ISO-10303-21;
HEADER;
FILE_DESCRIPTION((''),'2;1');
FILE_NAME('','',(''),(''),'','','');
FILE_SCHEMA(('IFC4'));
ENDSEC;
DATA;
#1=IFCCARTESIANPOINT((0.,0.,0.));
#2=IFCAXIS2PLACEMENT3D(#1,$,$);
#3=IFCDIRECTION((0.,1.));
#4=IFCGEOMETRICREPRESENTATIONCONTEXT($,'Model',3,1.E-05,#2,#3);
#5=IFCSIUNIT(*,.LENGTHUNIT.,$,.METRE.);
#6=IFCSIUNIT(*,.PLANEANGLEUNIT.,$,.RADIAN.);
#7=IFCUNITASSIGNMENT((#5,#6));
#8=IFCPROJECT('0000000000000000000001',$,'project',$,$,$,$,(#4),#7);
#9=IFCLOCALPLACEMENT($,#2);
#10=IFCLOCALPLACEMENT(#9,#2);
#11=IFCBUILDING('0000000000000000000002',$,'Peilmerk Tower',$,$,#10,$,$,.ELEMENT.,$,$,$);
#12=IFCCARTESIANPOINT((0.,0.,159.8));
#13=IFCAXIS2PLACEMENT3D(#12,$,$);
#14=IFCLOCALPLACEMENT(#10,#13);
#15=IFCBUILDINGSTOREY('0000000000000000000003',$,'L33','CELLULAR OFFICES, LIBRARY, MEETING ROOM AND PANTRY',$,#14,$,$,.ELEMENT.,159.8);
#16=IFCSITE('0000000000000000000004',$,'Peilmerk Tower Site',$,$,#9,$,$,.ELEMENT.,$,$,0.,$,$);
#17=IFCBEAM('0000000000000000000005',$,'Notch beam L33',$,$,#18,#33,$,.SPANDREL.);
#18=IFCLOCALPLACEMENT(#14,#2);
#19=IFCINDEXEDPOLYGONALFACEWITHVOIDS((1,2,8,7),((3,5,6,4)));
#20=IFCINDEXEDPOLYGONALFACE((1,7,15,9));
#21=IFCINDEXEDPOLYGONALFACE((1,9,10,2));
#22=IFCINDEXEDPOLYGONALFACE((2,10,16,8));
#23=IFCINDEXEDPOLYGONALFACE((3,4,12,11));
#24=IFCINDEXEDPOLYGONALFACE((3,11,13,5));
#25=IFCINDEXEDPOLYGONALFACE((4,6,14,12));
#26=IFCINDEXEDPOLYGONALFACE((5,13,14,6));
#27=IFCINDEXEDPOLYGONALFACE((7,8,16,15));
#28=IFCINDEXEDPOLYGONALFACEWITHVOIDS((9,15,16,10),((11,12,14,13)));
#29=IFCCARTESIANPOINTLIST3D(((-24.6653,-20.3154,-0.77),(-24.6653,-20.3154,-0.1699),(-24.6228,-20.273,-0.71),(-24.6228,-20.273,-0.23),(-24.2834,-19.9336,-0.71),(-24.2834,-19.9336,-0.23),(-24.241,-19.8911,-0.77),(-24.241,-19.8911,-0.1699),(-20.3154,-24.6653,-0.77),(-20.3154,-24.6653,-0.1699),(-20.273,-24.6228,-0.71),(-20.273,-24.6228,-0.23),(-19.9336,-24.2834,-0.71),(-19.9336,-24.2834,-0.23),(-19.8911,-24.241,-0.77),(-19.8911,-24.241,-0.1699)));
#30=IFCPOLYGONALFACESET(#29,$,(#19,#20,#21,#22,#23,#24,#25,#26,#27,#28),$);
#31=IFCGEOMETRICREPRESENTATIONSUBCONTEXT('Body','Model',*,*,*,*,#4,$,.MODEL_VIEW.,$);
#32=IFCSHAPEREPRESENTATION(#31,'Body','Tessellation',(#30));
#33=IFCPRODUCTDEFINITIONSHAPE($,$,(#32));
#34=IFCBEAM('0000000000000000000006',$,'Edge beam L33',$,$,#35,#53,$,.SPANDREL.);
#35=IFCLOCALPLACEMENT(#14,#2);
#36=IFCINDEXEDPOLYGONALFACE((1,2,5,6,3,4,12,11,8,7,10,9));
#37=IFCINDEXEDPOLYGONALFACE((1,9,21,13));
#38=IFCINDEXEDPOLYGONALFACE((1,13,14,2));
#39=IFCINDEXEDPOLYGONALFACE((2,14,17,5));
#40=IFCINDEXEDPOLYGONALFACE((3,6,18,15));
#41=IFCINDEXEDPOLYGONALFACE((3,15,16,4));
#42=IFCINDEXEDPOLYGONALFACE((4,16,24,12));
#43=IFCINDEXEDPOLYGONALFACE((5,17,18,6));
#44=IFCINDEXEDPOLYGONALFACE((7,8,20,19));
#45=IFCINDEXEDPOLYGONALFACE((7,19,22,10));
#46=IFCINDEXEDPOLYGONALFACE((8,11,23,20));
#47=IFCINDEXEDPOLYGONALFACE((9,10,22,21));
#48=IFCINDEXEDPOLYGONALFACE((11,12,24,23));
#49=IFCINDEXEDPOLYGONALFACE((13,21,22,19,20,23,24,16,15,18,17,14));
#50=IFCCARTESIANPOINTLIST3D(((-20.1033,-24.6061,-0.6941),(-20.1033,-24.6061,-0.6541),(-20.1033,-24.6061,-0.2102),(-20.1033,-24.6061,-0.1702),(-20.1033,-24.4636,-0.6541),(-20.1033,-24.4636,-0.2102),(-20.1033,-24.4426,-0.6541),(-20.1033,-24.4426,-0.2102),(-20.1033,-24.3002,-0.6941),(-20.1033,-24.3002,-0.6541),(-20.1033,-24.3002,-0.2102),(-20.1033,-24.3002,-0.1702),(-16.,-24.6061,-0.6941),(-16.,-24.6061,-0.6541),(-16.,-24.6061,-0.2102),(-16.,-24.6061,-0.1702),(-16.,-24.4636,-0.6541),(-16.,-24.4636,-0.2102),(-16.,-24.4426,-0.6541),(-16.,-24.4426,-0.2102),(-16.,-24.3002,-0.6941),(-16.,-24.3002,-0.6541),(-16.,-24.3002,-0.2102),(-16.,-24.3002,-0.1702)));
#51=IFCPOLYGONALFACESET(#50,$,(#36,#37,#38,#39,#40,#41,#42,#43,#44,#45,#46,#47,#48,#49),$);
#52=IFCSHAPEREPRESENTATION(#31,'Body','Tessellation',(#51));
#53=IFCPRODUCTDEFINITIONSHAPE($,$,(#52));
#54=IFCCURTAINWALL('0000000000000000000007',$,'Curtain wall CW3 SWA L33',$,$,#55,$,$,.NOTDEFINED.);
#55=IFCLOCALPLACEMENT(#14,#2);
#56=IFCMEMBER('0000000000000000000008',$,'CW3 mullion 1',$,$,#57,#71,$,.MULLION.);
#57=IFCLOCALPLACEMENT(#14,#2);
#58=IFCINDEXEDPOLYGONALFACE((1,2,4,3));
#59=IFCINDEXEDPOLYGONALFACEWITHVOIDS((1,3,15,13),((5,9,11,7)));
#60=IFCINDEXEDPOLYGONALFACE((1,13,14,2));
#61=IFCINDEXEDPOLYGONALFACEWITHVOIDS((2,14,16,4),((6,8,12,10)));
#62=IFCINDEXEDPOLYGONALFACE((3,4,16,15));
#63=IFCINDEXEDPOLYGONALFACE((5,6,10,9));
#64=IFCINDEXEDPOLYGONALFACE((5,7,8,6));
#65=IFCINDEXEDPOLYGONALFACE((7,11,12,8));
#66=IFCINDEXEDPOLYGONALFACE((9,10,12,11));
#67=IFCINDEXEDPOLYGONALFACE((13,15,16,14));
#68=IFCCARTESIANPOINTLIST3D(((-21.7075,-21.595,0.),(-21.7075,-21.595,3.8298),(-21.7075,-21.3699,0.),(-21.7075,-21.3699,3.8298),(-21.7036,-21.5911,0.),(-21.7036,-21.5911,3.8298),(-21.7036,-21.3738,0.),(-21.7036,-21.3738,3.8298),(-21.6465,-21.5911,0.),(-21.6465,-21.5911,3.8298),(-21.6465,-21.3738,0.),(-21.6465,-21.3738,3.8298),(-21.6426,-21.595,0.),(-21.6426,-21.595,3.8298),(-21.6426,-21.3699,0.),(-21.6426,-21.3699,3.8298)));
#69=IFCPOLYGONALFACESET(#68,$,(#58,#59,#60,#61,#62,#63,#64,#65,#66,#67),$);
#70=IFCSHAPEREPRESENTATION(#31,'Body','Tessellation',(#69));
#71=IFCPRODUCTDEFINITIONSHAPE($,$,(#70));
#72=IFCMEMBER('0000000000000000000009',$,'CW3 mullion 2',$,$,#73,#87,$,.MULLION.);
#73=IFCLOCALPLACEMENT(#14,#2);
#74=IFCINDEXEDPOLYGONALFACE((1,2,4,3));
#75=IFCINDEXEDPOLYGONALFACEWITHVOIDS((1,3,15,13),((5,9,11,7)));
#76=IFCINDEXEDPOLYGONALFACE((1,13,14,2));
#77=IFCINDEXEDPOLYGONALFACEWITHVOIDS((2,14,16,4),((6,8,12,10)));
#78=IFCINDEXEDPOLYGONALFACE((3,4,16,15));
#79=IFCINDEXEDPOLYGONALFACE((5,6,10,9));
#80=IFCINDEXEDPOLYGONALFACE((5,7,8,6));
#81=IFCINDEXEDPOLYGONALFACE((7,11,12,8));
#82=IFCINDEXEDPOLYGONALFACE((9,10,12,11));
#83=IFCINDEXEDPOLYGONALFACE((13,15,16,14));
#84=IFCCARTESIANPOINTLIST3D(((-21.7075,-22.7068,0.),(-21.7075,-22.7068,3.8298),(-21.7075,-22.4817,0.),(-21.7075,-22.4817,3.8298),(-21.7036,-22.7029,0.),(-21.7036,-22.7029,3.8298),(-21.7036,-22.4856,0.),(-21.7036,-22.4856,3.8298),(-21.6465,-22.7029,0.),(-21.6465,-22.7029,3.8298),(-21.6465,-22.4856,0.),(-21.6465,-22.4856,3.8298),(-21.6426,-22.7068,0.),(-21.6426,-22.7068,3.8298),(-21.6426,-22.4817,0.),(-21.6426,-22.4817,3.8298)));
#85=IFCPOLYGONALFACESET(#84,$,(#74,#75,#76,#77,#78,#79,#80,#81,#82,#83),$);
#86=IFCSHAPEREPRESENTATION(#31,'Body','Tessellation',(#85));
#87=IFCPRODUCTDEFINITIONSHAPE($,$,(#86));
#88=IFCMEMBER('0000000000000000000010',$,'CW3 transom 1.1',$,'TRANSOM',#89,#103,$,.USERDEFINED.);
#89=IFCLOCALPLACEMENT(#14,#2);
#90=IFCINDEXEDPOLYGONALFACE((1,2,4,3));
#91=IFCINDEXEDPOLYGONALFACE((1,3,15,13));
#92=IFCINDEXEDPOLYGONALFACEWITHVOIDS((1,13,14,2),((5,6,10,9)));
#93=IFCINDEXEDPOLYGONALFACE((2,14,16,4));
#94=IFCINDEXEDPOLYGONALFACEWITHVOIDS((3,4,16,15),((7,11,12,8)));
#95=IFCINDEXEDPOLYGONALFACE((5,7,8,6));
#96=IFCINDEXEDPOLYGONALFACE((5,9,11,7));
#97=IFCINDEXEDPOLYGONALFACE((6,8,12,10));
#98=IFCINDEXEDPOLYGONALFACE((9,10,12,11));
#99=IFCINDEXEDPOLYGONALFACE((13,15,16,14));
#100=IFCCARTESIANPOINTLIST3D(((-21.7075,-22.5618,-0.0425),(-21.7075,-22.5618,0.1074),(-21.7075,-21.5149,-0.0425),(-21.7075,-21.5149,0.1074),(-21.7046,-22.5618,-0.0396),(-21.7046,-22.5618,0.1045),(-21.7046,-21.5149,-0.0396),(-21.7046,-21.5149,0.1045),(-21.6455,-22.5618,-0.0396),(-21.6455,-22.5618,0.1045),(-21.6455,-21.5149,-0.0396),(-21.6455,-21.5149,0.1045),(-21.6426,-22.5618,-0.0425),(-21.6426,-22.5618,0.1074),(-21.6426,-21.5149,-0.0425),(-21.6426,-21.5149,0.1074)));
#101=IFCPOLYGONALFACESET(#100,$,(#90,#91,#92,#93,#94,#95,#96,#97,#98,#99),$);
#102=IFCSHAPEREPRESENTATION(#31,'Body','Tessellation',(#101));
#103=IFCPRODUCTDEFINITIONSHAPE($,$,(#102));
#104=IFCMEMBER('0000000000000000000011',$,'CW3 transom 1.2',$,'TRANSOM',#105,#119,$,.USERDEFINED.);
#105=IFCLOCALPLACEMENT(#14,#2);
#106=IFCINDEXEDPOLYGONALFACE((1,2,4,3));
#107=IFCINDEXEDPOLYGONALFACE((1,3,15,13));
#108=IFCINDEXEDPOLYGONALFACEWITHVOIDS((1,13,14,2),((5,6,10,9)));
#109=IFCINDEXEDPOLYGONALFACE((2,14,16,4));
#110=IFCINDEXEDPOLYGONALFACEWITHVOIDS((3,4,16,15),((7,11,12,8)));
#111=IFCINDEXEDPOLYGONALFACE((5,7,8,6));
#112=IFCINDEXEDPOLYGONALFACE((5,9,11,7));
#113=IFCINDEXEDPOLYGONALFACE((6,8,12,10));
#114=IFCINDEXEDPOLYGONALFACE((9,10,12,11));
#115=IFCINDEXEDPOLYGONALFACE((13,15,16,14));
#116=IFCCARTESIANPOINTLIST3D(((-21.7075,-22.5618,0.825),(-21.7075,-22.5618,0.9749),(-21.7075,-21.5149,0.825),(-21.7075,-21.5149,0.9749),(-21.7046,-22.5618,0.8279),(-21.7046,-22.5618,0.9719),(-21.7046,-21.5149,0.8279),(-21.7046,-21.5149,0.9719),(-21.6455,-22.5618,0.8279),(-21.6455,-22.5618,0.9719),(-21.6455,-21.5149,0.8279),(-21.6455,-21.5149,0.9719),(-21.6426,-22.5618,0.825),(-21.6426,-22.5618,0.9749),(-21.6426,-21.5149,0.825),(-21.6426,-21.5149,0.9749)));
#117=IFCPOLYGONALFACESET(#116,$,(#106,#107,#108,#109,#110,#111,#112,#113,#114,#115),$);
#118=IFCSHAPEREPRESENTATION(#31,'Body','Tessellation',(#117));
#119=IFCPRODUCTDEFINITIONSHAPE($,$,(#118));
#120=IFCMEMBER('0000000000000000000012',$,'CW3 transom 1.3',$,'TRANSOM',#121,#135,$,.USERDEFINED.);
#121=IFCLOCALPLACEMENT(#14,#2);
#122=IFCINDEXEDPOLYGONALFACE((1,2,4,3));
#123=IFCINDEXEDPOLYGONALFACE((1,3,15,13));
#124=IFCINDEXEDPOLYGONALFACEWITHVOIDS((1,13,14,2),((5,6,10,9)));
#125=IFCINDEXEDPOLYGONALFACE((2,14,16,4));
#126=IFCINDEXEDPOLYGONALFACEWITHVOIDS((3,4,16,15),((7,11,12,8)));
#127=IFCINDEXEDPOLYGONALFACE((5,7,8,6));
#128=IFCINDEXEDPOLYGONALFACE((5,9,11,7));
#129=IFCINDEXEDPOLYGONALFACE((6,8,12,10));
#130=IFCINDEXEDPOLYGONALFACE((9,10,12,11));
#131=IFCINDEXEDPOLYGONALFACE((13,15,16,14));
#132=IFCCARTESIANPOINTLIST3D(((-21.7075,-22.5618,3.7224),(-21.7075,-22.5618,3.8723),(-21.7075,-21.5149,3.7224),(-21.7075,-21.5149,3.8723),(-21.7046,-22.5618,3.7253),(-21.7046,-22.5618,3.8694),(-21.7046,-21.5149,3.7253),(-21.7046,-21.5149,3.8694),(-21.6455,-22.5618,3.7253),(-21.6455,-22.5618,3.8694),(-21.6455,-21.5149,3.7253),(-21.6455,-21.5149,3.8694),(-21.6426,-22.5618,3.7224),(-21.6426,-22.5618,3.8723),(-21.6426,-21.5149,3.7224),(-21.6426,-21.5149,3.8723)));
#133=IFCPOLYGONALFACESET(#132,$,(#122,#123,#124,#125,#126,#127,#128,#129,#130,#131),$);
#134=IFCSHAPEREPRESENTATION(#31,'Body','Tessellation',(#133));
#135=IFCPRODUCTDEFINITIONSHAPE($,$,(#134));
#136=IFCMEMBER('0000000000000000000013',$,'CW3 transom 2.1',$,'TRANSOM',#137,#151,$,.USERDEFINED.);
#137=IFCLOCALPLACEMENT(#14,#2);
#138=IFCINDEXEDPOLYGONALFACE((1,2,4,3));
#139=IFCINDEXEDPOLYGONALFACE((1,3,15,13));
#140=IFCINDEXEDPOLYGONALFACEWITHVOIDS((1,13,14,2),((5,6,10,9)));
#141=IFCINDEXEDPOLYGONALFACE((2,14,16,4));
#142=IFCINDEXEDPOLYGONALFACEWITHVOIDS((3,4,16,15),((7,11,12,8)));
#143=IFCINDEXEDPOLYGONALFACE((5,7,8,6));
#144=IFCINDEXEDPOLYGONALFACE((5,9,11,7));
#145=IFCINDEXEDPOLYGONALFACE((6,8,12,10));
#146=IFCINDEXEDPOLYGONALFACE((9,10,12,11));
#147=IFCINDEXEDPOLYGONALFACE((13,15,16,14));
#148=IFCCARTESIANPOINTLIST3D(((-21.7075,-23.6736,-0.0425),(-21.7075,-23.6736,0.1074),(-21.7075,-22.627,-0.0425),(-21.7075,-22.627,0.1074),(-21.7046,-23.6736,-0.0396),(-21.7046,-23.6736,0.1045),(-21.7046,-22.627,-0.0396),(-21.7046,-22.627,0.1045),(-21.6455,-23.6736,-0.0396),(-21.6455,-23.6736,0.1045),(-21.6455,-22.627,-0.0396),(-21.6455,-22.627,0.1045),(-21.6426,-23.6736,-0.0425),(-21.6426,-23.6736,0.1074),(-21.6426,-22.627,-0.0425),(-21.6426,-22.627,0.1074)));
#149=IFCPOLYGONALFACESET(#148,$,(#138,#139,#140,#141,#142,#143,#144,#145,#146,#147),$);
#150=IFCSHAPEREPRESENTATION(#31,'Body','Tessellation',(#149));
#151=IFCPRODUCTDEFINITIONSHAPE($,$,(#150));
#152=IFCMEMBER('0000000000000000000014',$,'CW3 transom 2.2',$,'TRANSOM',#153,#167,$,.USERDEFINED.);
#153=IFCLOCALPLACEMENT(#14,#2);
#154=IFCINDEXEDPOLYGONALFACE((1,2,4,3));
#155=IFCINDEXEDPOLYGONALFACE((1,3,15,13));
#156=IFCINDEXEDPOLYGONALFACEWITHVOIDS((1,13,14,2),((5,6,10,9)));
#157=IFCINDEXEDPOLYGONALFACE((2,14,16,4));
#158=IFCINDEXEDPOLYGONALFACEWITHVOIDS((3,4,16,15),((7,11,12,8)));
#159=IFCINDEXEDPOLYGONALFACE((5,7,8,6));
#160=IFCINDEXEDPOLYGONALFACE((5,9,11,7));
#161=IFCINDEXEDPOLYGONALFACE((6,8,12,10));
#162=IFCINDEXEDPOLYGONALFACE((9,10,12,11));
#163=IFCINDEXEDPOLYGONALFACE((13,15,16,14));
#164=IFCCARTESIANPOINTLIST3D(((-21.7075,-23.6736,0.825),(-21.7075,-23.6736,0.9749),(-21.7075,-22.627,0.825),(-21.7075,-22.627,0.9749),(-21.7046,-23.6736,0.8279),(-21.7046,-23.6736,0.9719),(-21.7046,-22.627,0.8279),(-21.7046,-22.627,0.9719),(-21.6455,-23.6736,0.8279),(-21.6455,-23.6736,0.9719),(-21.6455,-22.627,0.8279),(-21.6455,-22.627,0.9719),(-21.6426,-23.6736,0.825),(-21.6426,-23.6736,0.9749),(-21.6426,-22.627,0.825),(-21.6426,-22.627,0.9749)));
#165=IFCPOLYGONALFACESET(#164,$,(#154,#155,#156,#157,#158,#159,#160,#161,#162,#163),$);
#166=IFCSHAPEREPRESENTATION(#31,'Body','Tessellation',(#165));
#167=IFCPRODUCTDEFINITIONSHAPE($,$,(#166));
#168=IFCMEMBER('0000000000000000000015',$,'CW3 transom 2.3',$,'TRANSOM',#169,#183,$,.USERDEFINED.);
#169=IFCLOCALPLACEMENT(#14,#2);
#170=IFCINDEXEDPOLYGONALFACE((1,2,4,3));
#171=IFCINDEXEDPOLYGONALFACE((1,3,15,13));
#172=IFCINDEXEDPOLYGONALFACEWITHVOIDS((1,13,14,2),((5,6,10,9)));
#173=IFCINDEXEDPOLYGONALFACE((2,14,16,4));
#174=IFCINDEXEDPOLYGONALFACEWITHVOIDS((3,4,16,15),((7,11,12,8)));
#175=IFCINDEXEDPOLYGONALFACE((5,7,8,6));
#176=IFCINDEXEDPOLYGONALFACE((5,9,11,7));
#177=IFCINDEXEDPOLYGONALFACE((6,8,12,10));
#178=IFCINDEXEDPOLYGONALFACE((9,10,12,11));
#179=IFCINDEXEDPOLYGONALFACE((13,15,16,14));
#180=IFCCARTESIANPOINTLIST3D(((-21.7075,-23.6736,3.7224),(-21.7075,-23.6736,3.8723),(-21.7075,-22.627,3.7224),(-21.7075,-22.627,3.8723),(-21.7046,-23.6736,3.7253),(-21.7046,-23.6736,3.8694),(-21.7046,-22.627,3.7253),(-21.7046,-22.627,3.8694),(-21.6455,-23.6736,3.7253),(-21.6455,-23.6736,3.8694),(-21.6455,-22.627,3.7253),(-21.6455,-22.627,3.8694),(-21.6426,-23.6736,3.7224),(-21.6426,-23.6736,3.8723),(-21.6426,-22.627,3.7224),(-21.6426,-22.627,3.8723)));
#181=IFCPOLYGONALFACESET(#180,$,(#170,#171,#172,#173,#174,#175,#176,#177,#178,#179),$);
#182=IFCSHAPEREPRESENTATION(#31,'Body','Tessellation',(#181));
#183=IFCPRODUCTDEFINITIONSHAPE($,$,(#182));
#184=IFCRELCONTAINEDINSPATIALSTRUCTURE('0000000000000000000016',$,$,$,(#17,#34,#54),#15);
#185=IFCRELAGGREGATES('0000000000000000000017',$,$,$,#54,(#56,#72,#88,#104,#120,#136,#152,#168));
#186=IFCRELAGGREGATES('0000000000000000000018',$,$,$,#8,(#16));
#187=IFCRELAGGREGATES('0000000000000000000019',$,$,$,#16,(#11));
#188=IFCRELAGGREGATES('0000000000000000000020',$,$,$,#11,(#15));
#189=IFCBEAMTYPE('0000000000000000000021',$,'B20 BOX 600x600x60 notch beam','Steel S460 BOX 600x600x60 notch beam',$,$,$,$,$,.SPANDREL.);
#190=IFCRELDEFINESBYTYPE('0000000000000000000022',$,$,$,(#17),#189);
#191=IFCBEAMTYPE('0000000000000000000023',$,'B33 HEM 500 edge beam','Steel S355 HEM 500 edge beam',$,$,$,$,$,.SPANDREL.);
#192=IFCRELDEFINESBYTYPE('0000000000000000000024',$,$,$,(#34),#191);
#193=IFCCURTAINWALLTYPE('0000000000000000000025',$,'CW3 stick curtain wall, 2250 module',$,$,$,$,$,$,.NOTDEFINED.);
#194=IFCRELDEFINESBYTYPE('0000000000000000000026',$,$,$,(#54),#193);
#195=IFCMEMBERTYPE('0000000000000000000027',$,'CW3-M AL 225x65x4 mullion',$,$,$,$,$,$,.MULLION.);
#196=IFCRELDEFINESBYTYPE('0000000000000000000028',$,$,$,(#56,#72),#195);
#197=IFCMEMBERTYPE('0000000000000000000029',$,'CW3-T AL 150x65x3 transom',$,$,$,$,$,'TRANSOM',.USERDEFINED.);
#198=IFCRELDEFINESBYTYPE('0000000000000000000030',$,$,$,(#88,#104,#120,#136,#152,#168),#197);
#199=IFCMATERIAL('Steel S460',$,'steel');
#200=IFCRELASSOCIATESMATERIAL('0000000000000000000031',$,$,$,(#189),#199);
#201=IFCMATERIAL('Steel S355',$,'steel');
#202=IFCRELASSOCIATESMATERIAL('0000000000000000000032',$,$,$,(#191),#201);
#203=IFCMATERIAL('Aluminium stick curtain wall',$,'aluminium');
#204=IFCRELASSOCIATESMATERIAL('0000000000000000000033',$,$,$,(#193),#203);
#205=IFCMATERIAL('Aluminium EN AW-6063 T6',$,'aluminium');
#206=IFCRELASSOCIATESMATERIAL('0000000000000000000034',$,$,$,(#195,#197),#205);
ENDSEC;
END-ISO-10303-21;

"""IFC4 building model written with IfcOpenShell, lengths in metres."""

from ifc_helpers import new_model, si_unit, direction, frame, origin, origin_2d, place, context, subcontext, project, spatial, hollow_rectangle, i_section, extrude, material, material_profile, profile_set, type_object, element, aggregate, save


model = new_model("IFC4")

# Units and contexts
model_context = context("Model", 3, precision=1e-05, world=origin(), true_north=direction((0.0, 1.0)))
body_context = subcontext(model_context, "Body", "Model", "MODEL_VIEW")
ifc_project = project(units=[si_unit("LENGTHUNIT", "METRE"), si_unit("PLANEANGLEUNIT", "RADIAN")], contexts=[model_context])

# Site, building, storey
site_placement = place(None, origin())
site = spatial("IfcSite", under=ifc_project, at=site_placement, Name="Peilmerk Tower Site", CompositionType="ELEMENT", RefElevation=0.0)
building_placement = place(site_placement, origin())
building = spatial("IfcBuilding", under=site, at=building_placement, Name="Peilmerk Tower", CompositionType="ELEMENT")
storey_placement = place(building_placement, frame((0.0, 0.0, 159.8)))
storey = spatial("IfcBuildingStorey", under=building, at=storey_placement, Name="L33", Description="CELLULAR OFFICES, LIBRARY, MEETING ROOM AND PANTRY", CompositionType="ELEMENT", Elevation=159.8)

# Shared definitions
ifc_material_1 = material(Name="Steel S460", Category="steel")

# Beams
ifc_material_2 = material(Name="Steel S355", Category="steel")
ifc_material_profile_1 = material_profile(ifc_material_1, hollow_rectangle(XDim=0.6001, YDim=0.6001, WallThickness=0.0601, at=origin_2d()), Name="BOX 600x600x60")
ifc_profile_set_1 = profile_set([ifc_material_profile_1], Name="Steel S460")
beam_type_1 = type_object("IfcBeamType", Name="B20 BOX 600x600x60 notch beam", Description="Steel S460 BOX 600x600x60 notch beam", PredefinedType="SPANDREL", material=ifc_profile_set_1)
beam_1_placement = place(storey_placement, frame((-20.1033, -24.4531, -0.47), z_axis=(-0.707107, 0.707107, 0.0), x_axis=(-0.707107, -0.707107, 0.0)))
element("IfcBeam", 1, at=beam_1_placement, inside=storey, type_object=beam_type_1, Name="Notch beam L33", PredefinedType="SPANDREL", context=body_context, shape_type="SweptSolid", body=[
    extrude(hollow_rectangle(XDim=0.6001, YDim=0.6001, WallThickness=0.0601, at=origin_2d()), origin(), (0.0, 0.0, 1.0), 6.1516),
])
ifc_material_profile_2 = material_profile(ifc_material_2, i_section(OverallWidth=0.3059, OverallDepth=0.5239, WebThickness=0.021, FlangeThickness=0.04, at=origin_2d()), Name="HEM 500")
ifc_profile_set_2 = profile_set([ifc_material_profile_2], Name="Steel S355")
beam_type_2 = type_object("IfcBeamType", Name="B33 HEM 500 edge beam", Description="Steel S355 HEM 500 edge beam", PredefinedType="SPANDREL", material=ifc_profile_set_2)
beam_2_placement = place(storey_placement, frame((-20.1033, -24.4531, -0.4321), z_axis=(1.0, 0.0, 0.0), x_axis=(0.0, 1.0, 0.0)))
element("IfcBeam", 2, at=beam_2_placement, inside=storey, type_object=beam_type_2, Name="Edge beam L33", PredefinedType="SPANDREL", context=body_context, shape_type="SweptSolid", body=[
    extrude(i_section(OverallWidth=0.3059, OverallDepth=0.5239, WebThickness=0.021, FlangeThickness=0.04, at=origin_2d()), origin(), (0.0, 0.0, 1.0), 4.1033),
])

# Curtain wall, members
ifc_material_3 = material(Name="Aluminium stick curtain wall", Category="aluminium")
curtain_wall_type = type_object("IfcCurtainWallType", Name="CW3 stick curtain wall, 2250 module", PredefinedType="NOTDEFINED", material=ifc_material_3)
curtain_wall_placement = place(storey_placement, origin())
curtain_wall = element("IfcCurtainWall", 3, at=curtain_wall_placement, inside=storey, type_object=curtain_wall_type, Name="Curtain wall CW3 SWA L33", PredefinedType="NOTDEFINED")
ifc_material_4 = material(Name="Aluminium EN AW-6063 T6", Category="aluminium")
ifc_material_profile_3 = material_profile(ifc_material_4, hollow_rectangle(XDim=0.0649, YDim=0.2251, WallThickness=0.0039, at=origin_2d()), Name="AL 225x65x4")
ifc_profile_set_3 = profile_set([ifc_material_profile_3], Name="Aluminium EN AW-6063 T6")
member_type_1 = type_object("IfcMemberType", Name="CW3-M AL 225x65x4 mullion", PredefinedType="MULLION", material=ifc_profile_set_3)
member_1_placement = place(storey_placement, frame((-21.675, -21.4824, 0.0), z_axis=(0.0, 0.0, 1.0), x_axis=(1.0, 0.0, 0.0)))
member_1 = element("IfcMember", 4, at=member_1_placement, type_object=member_type_1, Name="CW3 mullion 1", PredefinedType="MULLION", context=body_context, shape_type="SweptSolid", body=[
    extrude(hollow_rectangle(XDim=0.0649, YDim=0.2251, WallThickness=0.0039, at=origin_2d()), origin(), (0.0, 0.0, 1.0), 3.8298),
])
member_2_placement = place(storey_placement, frame((-21.675, -22.5942, 0.0), z_axis=(0.0, 0.0, 1.0), x_axis=(1.0, 0.0, 0.0)))
member_2 = element("IfcMember", 5, at=member_2_placement, type_object=member_type_1, Name="CW3 mullion 2", PredefinedType="MULLION", context=body_context, shape_type="SweptSolid", body=[
    extrude(hollow_rectangle(XDim=0.0649, YDim=0.2251, WallThickness=0.0039, at=origin_2d()), origin(), (0.0, 0.0, 1.0), 3.8298),
])
ifc_material_profile_4 = material_profile(ifc_material_4, hollow_rectangle(XDim=0.0649, YDim=0.1499, WallThickness=0.0029, at=origin_2d()), Name="AL 150x65x3")
ifc_profile_set_4 = profile_set([ifc_material_profile_4], Name="Aluminium EN AW-6063 T6")
member_type_2 = type_object("IfcMemberType", Name="CW3-T AL 150x65x3 transom", ElementType="TRANSOM", PredefinedType="USERDEFINED", material=ifc_profile_set_4)
member_3_placement = place(storey_placement, frame((-21.675, -21.5149, 0.0325), z_axis=(0.0, -1.0, 0.0), x_axis=(1.0, 0.0, 0.0)))
member_3 = element("IfcMember", 6, at=member_3_placement, type_object=member_type_2, Name="CW3 transom 1.1", ObjectType="TRANSOM", PredefinedType="USERDEFINED", context=body_context, shape_type="SweptSolid", body=[
    extrude(hollow_rectangle(XDim=0.0649, YDim=0.1499, WallThickness=0.0029, at=origin_2d()), origin(), (0.0, 0.0, 1.0), 1.0469),
])
member_4_placement = place(storey_placement, frame((-21.675, -21.5149, 0.8999), z_axis=(0.0, -1.0, 0.0), x_axis=(1.0, 0.0, 0.0)))
member_4 = element("IfcMember", 7, at=member_4_placement, type_object=member_type_2, Name="CW3 transom 1.2", ObjectType="TRANSOM", PredefinedType="USERDEFINED", context=body_context, shape_type="SweptSolid", body=[
    extrude(hollow_rectangle(XDim=0.0649, YDim=0.1499, WallThickness=0.0029, at=origin_2d()), origin(), (0.0, 0.0, 1.0), 1.0469),
])
member_5_placement = place(storey_placement, frame((-21.675, -21.5149, 3.7974), z_axis=(0.0, -1.0, 0.0), x_axis=(1.0, 0.0, 0.0)))
member_5 = element("IfcMember", 8, at=member_5_placement, type_object=member_type_2, Name="CW3 transom 1.3", ObjectType="TRANSOM", PredefinedType="USERDEFINED", context=body_context, shape_type="SweptSolid", body=[
    extrude(hollow_rectangle(XDim=0.0649, YDim=0.1499, WallThickness=0.0029, at=origin_2d()), origin(), (0.0, 0.0, 1.0), 1.0469),
])
member_6_placement = place(storey_placement, frame((-21.675, -22.627, 0.0325), z_axis=(0.0, -1.0, 0.0), x_axis=(1.0, 0.0, 0.0)))
member_6 = element("IfcMember", 9, at=member_6_placement, type_object=member_type_2, Name="CW3 transom 2.1", ObjectType="TRANSOM", PredefinedType="USERDEFINED", context=body_context, shape_type="SweptSolid", body=[
    extrude(hollow_rectangle(XDim=0.0649, YDim=0.1499, WallThickness=0.0029, at=origin_2d()), origin(), (0.0, 0.0, 1.0), 1.0466),
])
member_7_placement = place(storey_placement, frame((-21.675, -22.627, 0.8999), z_axis=(0.0, -1.0, 0.0), x_axis=(1.0, 0.0, 0.0)))
member_7 = element("IfcMember", 10, at=member_7_placement, type_object=member_type_2, Name="CW3 transom 2.2", ObjectType="TRANSOM", PredefinedType="USERDEFINED", context=body_context, shape_type="SweptSolid", body=[
    extrude(hollow_rectangle(XDim=0.0649, YDim=0.1499, WallThickness=0.0029, at=origin_2d()), origin(), (0.0, 0.0, 1.0), 1.0466),
])
member_8_placement = place(storey_placement, frame((-21.675, -22.627, 3.7974), z_axis=(0.0, -1.0, 0.0), x_axis=(1.0, 0.0, 0.0)))
member_8 = element("IfcMember", 11, at=member_8_placement, type_object=member_type_2, Name="CW3 transom 2.3", ObjectType="TRANSOM", PredefinedType="USERDEFINED", context=body_context, shape_type="SweptSolid", body=[
    extrude(hollow_rectangle(XDim=0.0649, YDim=0.1499, WallThickness=0.0029, at=origin_2d()), origin(), (0.0, 0.0, 1.0), 1.0466),
])
aggregate(curtain_wall, [member_1, member_2, member_3, member_4, member_5, member_6, member_7, member_8])

save(model, "model.ifc")
